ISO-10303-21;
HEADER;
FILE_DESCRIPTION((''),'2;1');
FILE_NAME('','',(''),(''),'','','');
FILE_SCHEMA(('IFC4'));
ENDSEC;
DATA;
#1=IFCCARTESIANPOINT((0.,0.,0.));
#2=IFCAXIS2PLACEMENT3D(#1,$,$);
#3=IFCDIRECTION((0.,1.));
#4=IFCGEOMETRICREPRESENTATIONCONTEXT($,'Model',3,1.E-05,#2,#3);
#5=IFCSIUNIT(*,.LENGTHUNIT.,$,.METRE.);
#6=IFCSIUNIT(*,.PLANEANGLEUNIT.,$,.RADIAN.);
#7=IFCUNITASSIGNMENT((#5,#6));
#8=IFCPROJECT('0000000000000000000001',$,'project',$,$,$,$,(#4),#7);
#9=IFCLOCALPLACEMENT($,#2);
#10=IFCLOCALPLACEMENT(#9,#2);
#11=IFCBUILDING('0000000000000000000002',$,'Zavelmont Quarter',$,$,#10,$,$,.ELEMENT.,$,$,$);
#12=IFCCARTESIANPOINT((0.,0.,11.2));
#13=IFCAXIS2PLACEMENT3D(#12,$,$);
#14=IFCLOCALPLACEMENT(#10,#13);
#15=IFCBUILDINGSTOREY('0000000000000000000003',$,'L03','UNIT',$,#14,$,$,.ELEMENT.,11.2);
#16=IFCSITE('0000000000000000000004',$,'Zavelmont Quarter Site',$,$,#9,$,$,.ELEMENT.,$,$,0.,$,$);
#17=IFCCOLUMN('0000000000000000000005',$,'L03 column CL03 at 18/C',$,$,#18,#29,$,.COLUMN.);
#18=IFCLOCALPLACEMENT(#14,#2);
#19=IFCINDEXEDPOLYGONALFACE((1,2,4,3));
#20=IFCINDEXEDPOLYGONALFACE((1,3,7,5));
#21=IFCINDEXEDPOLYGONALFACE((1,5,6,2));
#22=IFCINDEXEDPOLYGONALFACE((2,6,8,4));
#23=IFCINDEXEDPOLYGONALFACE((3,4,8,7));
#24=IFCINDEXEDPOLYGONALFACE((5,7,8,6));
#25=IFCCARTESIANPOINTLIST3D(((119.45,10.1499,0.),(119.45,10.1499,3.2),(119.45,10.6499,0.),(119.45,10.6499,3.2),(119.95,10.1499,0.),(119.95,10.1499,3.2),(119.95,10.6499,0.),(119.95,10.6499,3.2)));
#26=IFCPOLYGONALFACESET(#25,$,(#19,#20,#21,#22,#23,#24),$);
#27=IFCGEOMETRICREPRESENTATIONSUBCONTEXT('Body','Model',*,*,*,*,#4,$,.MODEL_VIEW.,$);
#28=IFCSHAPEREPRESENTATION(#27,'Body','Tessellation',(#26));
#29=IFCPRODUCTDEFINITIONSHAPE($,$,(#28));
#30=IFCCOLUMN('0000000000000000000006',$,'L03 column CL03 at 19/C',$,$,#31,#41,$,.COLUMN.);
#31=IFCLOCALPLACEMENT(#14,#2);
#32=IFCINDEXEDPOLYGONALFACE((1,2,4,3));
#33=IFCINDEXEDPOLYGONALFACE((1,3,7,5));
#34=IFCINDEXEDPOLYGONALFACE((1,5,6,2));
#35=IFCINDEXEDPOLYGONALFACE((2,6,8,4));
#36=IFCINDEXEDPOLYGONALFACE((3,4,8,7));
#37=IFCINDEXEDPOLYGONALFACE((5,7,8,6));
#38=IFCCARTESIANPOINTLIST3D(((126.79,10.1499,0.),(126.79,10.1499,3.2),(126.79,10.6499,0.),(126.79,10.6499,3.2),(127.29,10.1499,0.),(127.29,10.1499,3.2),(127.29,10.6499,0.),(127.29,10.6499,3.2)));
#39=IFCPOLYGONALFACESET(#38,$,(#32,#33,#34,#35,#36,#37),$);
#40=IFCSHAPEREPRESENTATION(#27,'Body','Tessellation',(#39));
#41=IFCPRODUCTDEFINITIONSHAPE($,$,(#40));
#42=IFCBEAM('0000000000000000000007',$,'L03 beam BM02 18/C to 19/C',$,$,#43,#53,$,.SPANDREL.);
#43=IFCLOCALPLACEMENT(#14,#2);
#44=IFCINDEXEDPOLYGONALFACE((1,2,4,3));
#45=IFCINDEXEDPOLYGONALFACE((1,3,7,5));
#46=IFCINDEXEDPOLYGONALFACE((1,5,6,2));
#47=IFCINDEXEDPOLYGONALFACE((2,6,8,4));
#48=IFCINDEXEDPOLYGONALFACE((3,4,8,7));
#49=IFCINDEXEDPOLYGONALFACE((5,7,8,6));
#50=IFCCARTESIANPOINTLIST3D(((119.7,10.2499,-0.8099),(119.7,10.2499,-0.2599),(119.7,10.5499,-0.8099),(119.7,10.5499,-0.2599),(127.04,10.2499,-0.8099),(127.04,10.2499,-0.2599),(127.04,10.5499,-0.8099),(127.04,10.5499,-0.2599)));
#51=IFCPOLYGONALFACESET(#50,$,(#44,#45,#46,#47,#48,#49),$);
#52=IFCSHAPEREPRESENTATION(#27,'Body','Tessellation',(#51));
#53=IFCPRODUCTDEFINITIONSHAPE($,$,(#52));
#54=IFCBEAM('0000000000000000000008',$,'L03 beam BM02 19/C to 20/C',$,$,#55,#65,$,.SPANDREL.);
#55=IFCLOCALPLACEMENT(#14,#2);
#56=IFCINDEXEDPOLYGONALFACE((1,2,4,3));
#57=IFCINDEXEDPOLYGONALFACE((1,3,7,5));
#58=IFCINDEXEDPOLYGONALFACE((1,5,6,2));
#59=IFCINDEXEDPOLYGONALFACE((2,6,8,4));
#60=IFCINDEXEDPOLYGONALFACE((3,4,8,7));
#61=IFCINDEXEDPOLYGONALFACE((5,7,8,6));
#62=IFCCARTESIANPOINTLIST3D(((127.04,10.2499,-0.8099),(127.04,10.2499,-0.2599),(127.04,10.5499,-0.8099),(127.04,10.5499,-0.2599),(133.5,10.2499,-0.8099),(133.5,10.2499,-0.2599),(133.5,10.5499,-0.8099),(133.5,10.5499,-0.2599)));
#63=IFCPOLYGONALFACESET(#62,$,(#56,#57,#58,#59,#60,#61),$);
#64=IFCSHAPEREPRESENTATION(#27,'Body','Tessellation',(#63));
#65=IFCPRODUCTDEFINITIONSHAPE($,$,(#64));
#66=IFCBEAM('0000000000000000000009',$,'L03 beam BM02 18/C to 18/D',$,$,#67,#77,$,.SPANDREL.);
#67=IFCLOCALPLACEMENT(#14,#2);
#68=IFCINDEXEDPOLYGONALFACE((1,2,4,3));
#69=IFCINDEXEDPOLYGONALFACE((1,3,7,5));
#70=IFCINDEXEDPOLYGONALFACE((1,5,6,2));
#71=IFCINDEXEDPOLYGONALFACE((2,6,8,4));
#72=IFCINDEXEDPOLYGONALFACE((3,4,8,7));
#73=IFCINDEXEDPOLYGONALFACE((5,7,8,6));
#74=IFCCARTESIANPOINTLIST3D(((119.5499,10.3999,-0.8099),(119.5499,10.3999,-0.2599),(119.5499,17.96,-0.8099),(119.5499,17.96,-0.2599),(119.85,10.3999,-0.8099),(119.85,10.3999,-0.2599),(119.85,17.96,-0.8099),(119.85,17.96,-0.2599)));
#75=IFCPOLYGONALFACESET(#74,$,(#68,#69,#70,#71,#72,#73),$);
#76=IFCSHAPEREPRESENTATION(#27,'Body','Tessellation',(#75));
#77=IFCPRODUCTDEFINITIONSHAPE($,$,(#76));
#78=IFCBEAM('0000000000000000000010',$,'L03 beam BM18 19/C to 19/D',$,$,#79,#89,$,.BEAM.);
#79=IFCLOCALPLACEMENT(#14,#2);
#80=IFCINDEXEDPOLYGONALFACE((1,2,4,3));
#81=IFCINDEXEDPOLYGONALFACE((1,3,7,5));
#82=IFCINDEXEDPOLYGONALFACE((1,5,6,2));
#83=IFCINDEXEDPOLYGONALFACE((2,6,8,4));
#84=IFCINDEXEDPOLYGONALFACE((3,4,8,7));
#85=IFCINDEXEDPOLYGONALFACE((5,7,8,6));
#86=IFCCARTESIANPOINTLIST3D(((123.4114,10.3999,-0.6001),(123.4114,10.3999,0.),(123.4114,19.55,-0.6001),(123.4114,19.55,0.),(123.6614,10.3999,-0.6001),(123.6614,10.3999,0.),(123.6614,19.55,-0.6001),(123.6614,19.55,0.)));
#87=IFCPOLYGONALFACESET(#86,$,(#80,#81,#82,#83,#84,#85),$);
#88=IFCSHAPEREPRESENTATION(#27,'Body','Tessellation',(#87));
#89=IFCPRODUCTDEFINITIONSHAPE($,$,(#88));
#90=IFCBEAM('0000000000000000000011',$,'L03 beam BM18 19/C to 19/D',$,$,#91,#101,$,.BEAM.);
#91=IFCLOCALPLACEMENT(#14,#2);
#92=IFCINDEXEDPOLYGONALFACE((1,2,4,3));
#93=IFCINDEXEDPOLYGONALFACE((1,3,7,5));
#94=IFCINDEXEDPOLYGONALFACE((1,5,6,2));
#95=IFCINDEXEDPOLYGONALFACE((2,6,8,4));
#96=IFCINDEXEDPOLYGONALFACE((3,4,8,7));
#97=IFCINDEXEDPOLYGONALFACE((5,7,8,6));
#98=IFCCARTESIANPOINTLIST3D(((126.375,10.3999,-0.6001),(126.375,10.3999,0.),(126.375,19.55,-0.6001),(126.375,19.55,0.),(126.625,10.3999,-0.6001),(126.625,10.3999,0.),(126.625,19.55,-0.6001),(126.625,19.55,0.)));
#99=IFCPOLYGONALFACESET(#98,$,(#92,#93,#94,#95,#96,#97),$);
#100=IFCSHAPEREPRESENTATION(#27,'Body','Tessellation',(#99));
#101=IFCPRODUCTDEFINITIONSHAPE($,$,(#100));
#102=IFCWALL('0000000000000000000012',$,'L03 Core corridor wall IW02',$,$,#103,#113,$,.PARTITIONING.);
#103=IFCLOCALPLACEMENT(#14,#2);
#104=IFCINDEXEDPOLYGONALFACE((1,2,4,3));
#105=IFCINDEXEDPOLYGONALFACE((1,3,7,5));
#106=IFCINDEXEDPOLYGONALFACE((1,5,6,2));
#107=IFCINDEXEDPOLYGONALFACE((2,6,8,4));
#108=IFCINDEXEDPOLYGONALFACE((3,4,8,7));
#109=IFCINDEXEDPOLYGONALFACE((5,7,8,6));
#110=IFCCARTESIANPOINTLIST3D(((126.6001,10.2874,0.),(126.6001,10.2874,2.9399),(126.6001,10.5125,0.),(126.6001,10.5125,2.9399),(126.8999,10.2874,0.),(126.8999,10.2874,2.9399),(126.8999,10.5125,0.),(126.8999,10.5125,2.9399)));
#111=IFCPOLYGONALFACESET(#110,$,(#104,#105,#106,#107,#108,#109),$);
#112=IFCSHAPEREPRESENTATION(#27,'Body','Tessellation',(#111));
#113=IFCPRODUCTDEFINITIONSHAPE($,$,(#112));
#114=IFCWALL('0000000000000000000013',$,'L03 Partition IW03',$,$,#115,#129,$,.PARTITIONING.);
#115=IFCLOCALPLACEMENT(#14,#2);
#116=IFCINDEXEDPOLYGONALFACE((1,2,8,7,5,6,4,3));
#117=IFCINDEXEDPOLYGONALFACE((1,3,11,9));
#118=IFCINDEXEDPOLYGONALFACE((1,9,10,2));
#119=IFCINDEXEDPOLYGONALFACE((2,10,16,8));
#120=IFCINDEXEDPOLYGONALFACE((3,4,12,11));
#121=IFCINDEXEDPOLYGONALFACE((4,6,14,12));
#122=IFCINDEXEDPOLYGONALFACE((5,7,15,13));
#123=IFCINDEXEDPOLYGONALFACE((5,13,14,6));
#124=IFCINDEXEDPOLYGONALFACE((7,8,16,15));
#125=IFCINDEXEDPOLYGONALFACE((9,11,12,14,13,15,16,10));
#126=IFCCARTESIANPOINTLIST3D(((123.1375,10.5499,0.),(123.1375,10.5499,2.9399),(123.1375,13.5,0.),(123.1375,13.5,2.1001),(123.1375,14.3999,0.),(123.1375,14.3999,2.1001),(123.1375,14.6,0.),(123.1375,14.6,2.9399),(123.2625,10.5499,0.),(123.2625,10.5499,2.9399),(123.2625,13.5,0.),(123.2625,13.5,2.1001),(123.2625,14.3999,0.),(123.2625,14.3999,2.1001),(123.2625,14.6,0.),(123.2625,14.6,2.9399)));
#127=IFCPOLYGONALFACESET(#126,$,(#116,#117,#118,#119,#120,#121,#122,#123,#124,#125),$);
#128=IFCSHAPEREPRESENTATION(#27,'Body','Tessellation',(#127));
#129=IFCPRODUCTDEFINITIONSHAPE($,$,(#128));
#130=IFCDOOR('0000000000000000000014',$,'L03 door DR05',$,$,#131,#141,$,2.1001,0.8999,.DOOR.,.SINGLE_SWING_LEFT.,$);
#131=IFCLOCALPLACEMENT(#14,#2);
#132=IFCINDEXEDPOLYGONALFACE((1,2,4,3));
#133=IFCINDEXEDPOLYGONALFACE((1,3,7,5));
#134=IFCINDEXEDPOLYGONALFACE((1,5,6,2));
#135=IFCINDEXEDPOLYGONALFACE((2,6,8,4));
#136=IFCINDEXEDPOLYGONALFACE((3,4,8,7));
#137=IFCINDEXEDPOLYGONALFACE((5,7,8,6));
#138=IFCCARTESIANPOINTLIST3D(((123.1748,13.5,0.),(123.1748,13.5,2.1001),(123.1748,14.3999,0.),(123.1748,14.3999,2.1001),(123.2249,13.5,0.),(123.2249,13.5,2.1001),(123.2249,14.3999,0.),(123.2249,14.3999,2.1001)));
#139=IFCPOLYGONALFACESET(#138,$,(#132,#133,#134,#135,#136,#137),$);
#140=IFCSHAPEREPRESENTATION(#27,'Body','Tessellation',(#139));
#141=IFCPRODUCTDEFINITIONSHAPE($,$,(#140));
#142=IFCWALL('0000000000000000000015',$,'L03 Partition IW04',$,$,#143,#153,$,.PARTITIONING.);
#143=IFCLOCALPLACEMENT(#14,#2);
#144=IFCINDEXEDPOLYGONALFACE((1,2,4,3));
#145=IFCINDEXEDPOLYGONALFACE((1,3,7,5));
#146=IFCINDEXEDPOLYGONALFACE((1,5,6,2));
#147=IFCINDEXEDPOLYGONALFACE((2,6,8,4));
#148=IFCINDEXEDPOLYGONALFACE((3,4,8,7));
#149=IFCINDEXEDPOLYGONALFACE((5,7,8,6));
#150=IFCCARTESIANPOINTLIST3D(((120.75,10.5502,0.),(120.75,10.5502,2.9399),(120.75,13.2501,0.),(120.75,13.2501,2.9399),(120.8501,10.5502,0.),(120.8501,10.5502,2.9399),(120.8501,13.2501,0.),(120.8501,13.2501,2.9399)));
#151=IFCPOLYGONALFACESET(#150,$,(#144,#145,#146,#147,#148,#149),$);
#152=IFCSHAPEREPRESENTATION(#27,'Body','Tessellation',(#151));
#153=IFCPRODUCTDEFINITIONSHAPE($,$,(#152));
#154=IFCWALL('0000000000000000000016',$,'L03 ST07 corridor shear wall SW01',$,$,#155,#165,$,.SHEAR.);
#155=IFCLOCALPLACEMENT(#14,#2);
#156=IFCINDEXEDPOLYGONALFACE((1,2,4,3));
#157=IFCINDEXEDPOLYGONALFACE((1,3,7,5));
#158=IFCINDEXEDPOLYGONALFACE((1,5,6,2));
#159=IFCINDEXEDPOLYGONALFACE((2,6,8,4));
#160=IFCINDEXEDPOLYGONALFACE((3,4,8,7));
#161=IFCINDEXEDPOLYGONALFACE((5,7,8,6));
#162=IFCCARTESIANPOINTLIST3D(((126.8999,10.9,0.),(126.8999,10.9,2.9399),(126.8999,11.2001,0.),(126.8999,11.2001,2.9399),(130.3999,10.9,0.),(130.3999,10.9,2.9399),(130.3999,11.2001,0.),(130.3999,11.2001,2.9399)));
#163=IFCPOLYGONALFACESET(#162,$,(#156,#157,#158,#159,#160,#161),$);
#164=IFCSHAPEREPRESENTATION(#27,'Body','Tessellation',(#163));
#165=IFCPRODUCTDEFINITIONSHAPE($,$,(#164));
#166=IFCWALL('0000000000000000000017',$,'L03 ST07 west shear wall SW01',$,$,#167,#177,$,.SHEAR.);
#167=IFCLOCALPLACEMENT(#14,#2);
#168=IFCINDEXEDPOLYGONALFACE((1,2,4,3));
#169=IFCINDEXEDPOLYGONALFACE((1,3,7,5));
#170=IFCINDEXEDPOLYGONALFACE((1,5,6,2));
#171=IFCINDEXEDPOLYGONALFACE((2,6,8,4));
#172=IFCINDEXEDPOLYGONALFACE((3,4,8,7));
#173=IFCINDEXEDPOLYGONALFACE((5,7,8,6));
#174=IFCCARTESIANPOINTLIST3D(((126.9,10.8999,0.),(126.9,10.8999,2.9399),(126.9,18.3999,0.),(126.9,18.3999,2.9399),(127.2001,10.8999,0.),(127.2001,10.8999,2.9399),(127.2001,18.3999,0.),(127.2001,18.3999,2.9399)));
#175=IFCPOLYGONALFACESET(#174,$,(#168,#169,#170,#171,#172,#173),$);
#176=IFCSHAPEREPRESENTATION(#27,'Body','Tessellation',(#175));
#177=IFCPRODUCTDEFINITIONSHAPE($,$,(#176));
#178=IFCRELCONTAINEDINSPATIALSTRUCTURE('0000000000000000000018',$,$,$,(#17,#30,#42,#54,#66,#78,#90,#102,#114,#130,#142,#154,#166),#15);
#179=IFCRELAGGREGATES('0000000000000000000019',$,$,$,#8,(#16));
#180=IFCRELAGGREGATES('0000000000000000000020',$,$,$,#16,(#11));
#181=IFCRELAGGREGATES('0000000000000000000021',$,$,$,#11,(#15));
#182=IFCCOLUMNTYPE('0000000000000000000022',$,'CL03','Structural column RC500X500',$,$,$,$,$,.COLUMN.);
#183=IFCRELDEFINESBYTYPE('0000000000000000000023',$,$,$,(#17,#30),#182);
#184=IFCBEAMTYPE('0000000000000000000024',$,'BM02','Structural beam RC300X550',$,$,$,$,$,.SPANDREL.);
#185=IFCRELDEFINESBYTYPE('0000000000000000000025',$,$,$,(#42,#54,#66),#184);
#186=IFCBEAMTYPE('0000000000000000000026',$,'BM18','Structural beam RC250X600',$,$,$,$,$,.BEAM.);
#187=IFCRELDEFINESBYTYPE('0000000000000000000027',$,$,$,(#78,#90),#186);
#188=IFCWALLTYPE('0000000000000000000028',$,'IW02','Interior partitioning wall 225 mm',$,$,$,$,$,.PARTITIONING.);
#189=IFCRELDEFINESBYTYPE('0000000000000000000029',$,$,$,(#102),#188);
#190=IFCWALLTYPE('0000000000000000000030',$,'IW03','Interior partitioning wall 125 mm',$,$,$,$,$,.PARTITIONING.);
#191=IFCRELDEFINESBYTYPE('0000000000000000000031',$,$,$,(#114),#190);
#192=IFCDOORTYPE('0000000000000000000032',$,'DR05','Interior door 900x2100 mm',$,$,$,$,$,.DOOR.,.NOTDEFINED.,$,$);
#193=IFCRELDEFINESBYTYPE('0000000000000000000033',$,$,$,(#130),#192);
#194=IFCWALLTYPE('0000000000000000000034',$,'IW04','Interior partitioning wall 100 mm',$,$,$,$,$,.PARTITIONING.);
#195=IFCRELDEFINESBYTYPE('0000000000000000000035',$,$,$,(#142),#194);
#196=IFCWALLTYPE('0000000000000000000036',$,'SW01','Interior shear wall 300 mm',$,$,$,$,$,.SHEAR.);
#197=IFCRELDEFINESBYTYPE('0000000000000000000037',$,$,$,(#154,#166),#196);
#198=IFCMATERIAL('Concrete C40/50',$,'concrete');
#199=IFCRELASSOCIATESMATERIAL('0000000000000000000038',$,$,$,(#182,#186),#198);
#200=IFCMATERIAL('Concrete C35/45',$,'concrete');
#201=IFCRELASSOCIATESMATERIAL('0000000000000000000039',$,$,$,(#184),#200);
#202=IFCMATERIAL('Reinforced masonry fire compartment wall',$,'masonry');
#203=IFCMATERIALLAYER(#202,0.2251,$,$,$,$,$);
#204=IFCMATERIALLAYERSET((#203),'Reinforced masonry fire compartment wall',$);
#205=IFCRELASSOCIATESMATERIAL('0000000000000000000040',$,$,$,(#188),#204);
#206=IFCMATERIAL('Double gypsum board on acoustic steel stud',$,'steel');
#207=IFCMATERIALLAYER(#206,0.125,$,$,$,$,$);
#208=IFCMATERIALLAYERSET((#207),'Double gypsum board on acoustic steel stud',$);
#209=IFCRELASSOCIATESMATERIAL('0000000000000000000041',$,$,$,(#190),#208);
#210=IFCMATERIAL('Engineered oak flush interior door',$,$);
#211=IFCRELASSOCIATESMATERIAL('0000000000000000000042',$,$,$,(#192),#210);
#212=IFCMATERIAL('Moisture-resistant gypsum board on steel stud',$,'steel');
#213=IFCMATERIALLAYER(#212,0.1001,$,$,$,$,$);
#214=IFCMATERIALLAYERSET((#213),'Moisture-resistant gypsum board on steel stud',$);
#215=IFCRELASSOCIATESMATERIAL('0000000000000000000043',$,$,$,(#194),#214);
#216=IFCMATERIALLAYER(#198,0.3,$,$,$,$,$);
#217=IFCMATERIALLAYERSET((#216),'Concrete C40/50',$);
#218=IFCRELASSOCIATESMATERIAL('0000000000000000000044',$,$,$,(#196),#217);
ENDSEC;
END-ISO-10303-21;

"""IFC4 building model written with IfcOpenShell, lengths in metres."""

from ifc_helpers import new_model, si_unit, direction, frame, frame_2d, origin, origin_2d, place, context, subcontext, project, spatial, rectangle, extrude, material, layer, layer_set, material_profile, profile_set, type_object, element, fill, save


model = new_model("IFC4")

# Units and contexts
model_context = context("Model", 3, precision=1e-05, world=origin(), true_north=direction((0.0, 1.0)))
body_context = subcontext(model_context, "Body", "Model", "MODEL_VIEW")
ifc_project = project(units=[si_unit("LENGTHUNIT", "METRE"), si_unit("PLANEANGLEUNIT", "RADIAN")], contexts=[model_context])

# Site, building, storey
site_placement = place(None, origin())
site = spatial("IfcSite", under=ifc_project, at=site_placement, Name="Zavelmont Quarter Site", CompositionType="ELEMENT", RefElevation=0.0)
building_placement = place(site_placement, origin())
building = spatial("IfcBuilding", under=site, at=building_placement, Name="Zavelmont Quarter", CompositionType="ELEMENT")
storey_placement = place(building_placement, frame((0.0, 0.0, 11.2)))
storey = spatial("IfcBuildingStorey", under=building, at=storey_placement, Name="L03", Description="UNIT", CompositionType="ELEMENT", Elevation=11.2)

# Columns
ifc_material_1 = material(Name="Concrete C40/50", Category="concrete")
ifc_material_profile_1 = material_profile(ifc_material_1, rectangle(XDim=0.5, YDim=0.5, at=origin_2d()), Name="RC500X500")
ifc_profile_set_1 = profile_set([ifc_material_profile_1], Name="Concrete C40/50")
column_type = type_object("IfcColumnType", Name="CL03", Description="Structural column RC500X500", PredefinedType="COLUMN", material=ifc_profile_set_1)
for number, where, z_axis, x_axis, name in (
    (1, (119.7, 10.3999, 0.0), (0.0, 0.0, 1.0), (1.0, 0.0, 0.0), "L03 column CL03 at 18/C"),
    (2, (127.04, 10.3999, 0.0), (0.0, 0.0, 1.0), (1.0, 0.0, 0.0), "L03 column CL03 at 19/C"),
):
    element("IfcColumn", number, at=place(storey_placement, frame(where, z_axis=z_axis, x_axis=x_axis)), inside=storey, type_object=column_type, Name=name, PredefinedType="COLUMN", context=body_context, shape_type="SweptSolid", body=[
        extrude(rectangle(XDim=0.5, YDim=0.5, at=origin_2d()), origin(), (0.0, 0.0, 1.0), 3.2),
    ])

# Beams
ifc_material_2 = material(Name="Concrete C35/45", Category="concrete")
ifc_material_profile_2 = material_profile(ifc_material_2, rectangle(XDim=0.3, YDim=0.55, at=origin_2d()), Name="RC300X550")
ifc_profile_set_2 = profile_set([ifc_material_profile_2], Name="Concrete C35/45")
beam_type_1 = type_object("IfcBeamType", Name="BM02", Description="Structural beam RC300X550", PredefinedType="SPANDREL", material=ifc_profile_set_2)
beam_1_placement = place(storey_placement, frame((119.7, 10.3999, -0.5349), z_axis=(1.0, 0.0, 0.0), x_axis=(0.0, 1.0, 0.0)))
element("IfcBeam", 3, at=beam_1_placement, inside=storey, type_object=beam_type_1, Name="L03 beam BM02 18/C to 19/C", PredefinedType="SPANDREL", context=body_context, shape_type="SweptSolid", body=[
    extrude(rectangle(XDim=0.3, YDim=0.55, at=origin_2d()), origin(), (0.0, 0.0, 1.0), 7.3401),
])
beam_2_placement = place(storey_placement, frame((127.04, 10.3999, -0.5349), z_axis=(1.0, 0.0, 0.0), x_axis=(0.0, 1.0, 0.0)))
element("IfcBeam", 4, at=beam_2_placement, inside=storey, type_object=beam_type_1, Name="L03 beam BM02 19/C to 20/C", PredefinedType="SPANDREL", context=body_context, shape_type="SweptSolid", body=[
    extrude(rectangle(XDim=0.3, YDim=0.55, at=origin_2d()), origin(), (0.0, 0.0, 1.0), 6.46),
])
beam_3_placement = place(storey_placement, frame((119.7, 10.3999, -0.5349), z_axis=(0.0, 1.0, 0.0), x_axis=(-1.0, 0.0, 0.0)))
element("IfcBeam", 5, at=beam_3_placement, inside=storey, type_object=beam_type_1, Name="L03 beam BM02 18/C to 18/D", PredefinedType="SPANDREL", context=body_context, shape_type="SweptSolid", body=[
    extrude(rectangle(XDim=0.3, YDim=0.55, at=origin_2d()), origin(), (0.0, 0.0, 1.0), 7.5601),
])
ifc_material_profile_3 = material_profile(ifc_material_1, rectangle(XDim=0.25, YDim=0.6001, at=origin_2d()), Name="RC250X600")
ifc_profile_set_3 = profile_set([ifc_material_profile_3], Name="Concrete C40/50")
beam_type_2 = type_object("IfcBeamType", Name="BM18", Description="Structural beam RC250X600", PredefinedType="BEAM", material=ifc_profile_set_3)
for number, where, z_axis, x_axis, name in (
    (6, (123.5364, 10.3999, -0.3), (0.0, 1.0, 0.0), (-1.0, 0.0, 0.0), "L03 beam BM18 19/C to 19/D"),
    (7, (126.5, 10.3999, -0.3), (0.0, 1.0, 0.0), (-1.0, 0.0, 0.0), "L03 beam BM18 19/C to 19/D"),
):
    element("IfcBeam", number, at=place(storey_placement, frame(where, z_axis=z_axis, x_axis=x_axis)), inside=storey, type_object=beam_type_2, Name=name, PredefinedType="BEAM", context=body_context, shape_type="SweptSolid", body=[
        extrude(rectangle(XDim=0.25, YDim=0.6001, at=origin_2d()), origin(), (0.0, 0.0, 1.0), 9.1501),
    ])

# Wall
ifc_material_3 = material(Name="Reinforced masonry fire compartment wall", Category="masonry")
ifc_layer_1 = layer(ifc_material_3, 0.2251)
ifc_layer_set_1 = layer_set([ifc_layer_1], Name="Reinforced masonry fire compartment wall")
wall_type_1 = type_object("IfcWallType", Name="IW02", Description="Interior partitioning wall 225 mm", PredefinedType="PARTITIONING", material=ifc_layer_set_1)
wall_1_placement = place(storey_placement, frame((126.6001, 10.3999, 0.0), z_axis=(0.0, 0.0, 1.0), x_axis=(1.0, 0.0, 0.0)))
element("IfcWall", 8, at=wall_1_placement, inside=storey, type_object=wall_type_1, Name="L03 Core corridor wall IW02", PredefinedType="PARTITIONING", context=body_context, shape_type="SweptSolid", body=[
    extrude(rectangle(XDim=0.2998, YDim=0.2251, at=frame_2d((0.1499, 0.0))), origin(), (0.0, 0.0, 1.0), 2.9399),
])

# Wall, opening, door
ifc_material_4 = material(Name="Double gypsum board on acoustic steel stud", Category="steel")
ifc_layer_2 = layer(ifc_material_4, 0.125)
ifc_layer_set_2 = layer_set([ifc_layer_2], Name="Double gypsum board on acoustic steel stud")
wall_type_2 = type_object("IfcWallType", Name="IW03", Description="Interior partitioning wall 125 mm", PredefinedType="PARTITIONING", material=ifc_layer_set_2)
wall_2_placement = place(storey_placement, frame((123.2, 10.55, 0.0), z_axis=(0.0, 0.0, 1.0), x_axis=(0.0, 1.0, 0.0)))
wall_2 = element("IfcWall", 9, at=wall_2_placement, inside=storey, type_object=wall_type_2, Name="L03 Partition IW03", PredefinedType="PARTITIONING", context=body_context, shape_type="SweptSolid", body=[
    extrude(rectangle(XDim=4.05, YDim=0.125, at=frame_2d((2.0249, 0.0))), origin(), (0.0, 0.0, 1.0), 2.9399),
])
opening_1_placement = place(wall_2_placement, frame((2.95, 0.0, 0.0)))
opening_1 = element("IfcOpeningElement", 10, at=opening_1_placement, cuts=wall_2, PredefinedType="OPENING", context=body_context, shape_type="SweptSolid", body=[
    extrude(rectangle(XDim=0.8999, YDim=2.1001, at=frame_2d((0.45, 1.05))), frame((0.0, 0.0745, 0.0), z_axis=(0.0, -1.0, 0.0), x_axis=(1.0, 0.0, 0.0)), (0.0, 0.0, 1.0), 0.1489),
])
ifc_material_5 = material(Name="Engineered oak flush interior door")
door_type_1 = type_object("IfcDoorType", Name="DR05", Description="Interior door 900x2100 mm", OperationType="NOTDEFINED", PredefinedType="DOOR", material=ifc_material_5)
door_1_placement = place(opening_1_placement, frame((0.8999, 0.0, 0.0), z_axis=(0.0, 0.0, 1.0), x_axis=(-1.0, 0.0, 0.0)))
door_1 = element("IfcDoor", 11, at=door_1_placement, inside=storey, type_object=door_type_1, Name="L03 door DR05", OperationType="SINGLE_SWING_LEFT", OverallHeight=2.1001, OverallWidth=0.8999, PredefinedType="DOOR", context=body_context, shape_type="SweptSolid", body=[
    extrude(rectangle(XDim=0.8999, YDim=2.1001, at=frame_2d((0.45, 1.05))), frame((0.0, 0.0249, 0.0), z_axis=(0.0, -1.0, 0.0), x_axis=(1.0, 0.0, 0.0)), (0.0, 0.0, 1.0), 0.05),
])
fill(opening_1, door_1)

# Walls
ifc_material_6 = material(Name="Moisture-resistant gypsum board on steel stud", Category="steel")
ifc_layer_3 = layer(ifc_material_6, 0.1001)
ifc_layer_set_3 = layer_set([ifc_layer_3], Name="Moisture-resistant gypsum board on steel stud")
wall_type_3 = type_object("IfcWallType", Name="IW04", Description="Interior partitioning wall 100 mm", PredefinedType="PARTITIONING", material=ifc_layer_set_3)
wall_3_placement = place(storey_placement, frame((120.8, 10.55, 0.0), z_axis=(0.0, 0.0, 1.0), x_axis=(0.0, 1.0, 0.0)))
element("IfcWall", 12, at=wall_3_placement, inside=storey, type_object=wall_type_3, Name="L03 Partition IW04", PredefinedType="PARTITIONING", context=body_context, shape_type="SweptSolid", body=[
    extrude(rectangle(XDim=2.7, YDim=0.1001, at=frame_2d((1.3501, 0.0))), origin(), (0.0, 0.0, 1.0), 2.9399),
])
ifc_layer_4 = layer(ifc_material_1, 0.3)
ifc_layer_set_4 = layer_set([ifc_layer_4], Name="Concrete C40/50")
wall_type_4 = type_object("IfcWallType", Name="SW01", Description="Interior shear wall 300 mm", PredefinedType="SHEAR", material=ifc_layer_set_4)
wall_4_placement = place(storey_placement, frame((126.8999, 11.05, 0.0), z_axis=(0.0, 0.0, 1.0), x_axis=(1.0, 0.0, 0.0)))
element("IfcWall", 13, at=wall_4_placement, inside=storey, type_object=wall_type_4, Name="L03 ST07 corridor shear wall SW01", PredefinedType="SHEAR", context=body_context, shape_type="SweptSolid", body=[
    extrude(rectangle(XDim=3.5, YDim=0.3, at=frame_2d((1.75, 0.0))), origin(), (0.0, 0.0, 1.0), 2.9399),
])
wall_5_placement = place(storey_placement, frame((127.05, 10.8999, 0.0), z_axis=(0.0, 0.0, 1.0), x_axis=(0.0, 1.0, 0.0)))
element("IfcWall", 14, at=wall_5_placement, inside=storey, type_object=wall_type_4, Name="L03 ST07 west shear wall SW01", PredefinedType="SHEAR", context=body_context, shape_type="SweptSolid", body=[
    extrude(rectangle(XDim=7.5, YDim=0.3, at=frame_2d((3.75, 0.0))), origin(), (0.0, 0.0, 1.0), 2.9399),
])

save(model, "model.ifc")
